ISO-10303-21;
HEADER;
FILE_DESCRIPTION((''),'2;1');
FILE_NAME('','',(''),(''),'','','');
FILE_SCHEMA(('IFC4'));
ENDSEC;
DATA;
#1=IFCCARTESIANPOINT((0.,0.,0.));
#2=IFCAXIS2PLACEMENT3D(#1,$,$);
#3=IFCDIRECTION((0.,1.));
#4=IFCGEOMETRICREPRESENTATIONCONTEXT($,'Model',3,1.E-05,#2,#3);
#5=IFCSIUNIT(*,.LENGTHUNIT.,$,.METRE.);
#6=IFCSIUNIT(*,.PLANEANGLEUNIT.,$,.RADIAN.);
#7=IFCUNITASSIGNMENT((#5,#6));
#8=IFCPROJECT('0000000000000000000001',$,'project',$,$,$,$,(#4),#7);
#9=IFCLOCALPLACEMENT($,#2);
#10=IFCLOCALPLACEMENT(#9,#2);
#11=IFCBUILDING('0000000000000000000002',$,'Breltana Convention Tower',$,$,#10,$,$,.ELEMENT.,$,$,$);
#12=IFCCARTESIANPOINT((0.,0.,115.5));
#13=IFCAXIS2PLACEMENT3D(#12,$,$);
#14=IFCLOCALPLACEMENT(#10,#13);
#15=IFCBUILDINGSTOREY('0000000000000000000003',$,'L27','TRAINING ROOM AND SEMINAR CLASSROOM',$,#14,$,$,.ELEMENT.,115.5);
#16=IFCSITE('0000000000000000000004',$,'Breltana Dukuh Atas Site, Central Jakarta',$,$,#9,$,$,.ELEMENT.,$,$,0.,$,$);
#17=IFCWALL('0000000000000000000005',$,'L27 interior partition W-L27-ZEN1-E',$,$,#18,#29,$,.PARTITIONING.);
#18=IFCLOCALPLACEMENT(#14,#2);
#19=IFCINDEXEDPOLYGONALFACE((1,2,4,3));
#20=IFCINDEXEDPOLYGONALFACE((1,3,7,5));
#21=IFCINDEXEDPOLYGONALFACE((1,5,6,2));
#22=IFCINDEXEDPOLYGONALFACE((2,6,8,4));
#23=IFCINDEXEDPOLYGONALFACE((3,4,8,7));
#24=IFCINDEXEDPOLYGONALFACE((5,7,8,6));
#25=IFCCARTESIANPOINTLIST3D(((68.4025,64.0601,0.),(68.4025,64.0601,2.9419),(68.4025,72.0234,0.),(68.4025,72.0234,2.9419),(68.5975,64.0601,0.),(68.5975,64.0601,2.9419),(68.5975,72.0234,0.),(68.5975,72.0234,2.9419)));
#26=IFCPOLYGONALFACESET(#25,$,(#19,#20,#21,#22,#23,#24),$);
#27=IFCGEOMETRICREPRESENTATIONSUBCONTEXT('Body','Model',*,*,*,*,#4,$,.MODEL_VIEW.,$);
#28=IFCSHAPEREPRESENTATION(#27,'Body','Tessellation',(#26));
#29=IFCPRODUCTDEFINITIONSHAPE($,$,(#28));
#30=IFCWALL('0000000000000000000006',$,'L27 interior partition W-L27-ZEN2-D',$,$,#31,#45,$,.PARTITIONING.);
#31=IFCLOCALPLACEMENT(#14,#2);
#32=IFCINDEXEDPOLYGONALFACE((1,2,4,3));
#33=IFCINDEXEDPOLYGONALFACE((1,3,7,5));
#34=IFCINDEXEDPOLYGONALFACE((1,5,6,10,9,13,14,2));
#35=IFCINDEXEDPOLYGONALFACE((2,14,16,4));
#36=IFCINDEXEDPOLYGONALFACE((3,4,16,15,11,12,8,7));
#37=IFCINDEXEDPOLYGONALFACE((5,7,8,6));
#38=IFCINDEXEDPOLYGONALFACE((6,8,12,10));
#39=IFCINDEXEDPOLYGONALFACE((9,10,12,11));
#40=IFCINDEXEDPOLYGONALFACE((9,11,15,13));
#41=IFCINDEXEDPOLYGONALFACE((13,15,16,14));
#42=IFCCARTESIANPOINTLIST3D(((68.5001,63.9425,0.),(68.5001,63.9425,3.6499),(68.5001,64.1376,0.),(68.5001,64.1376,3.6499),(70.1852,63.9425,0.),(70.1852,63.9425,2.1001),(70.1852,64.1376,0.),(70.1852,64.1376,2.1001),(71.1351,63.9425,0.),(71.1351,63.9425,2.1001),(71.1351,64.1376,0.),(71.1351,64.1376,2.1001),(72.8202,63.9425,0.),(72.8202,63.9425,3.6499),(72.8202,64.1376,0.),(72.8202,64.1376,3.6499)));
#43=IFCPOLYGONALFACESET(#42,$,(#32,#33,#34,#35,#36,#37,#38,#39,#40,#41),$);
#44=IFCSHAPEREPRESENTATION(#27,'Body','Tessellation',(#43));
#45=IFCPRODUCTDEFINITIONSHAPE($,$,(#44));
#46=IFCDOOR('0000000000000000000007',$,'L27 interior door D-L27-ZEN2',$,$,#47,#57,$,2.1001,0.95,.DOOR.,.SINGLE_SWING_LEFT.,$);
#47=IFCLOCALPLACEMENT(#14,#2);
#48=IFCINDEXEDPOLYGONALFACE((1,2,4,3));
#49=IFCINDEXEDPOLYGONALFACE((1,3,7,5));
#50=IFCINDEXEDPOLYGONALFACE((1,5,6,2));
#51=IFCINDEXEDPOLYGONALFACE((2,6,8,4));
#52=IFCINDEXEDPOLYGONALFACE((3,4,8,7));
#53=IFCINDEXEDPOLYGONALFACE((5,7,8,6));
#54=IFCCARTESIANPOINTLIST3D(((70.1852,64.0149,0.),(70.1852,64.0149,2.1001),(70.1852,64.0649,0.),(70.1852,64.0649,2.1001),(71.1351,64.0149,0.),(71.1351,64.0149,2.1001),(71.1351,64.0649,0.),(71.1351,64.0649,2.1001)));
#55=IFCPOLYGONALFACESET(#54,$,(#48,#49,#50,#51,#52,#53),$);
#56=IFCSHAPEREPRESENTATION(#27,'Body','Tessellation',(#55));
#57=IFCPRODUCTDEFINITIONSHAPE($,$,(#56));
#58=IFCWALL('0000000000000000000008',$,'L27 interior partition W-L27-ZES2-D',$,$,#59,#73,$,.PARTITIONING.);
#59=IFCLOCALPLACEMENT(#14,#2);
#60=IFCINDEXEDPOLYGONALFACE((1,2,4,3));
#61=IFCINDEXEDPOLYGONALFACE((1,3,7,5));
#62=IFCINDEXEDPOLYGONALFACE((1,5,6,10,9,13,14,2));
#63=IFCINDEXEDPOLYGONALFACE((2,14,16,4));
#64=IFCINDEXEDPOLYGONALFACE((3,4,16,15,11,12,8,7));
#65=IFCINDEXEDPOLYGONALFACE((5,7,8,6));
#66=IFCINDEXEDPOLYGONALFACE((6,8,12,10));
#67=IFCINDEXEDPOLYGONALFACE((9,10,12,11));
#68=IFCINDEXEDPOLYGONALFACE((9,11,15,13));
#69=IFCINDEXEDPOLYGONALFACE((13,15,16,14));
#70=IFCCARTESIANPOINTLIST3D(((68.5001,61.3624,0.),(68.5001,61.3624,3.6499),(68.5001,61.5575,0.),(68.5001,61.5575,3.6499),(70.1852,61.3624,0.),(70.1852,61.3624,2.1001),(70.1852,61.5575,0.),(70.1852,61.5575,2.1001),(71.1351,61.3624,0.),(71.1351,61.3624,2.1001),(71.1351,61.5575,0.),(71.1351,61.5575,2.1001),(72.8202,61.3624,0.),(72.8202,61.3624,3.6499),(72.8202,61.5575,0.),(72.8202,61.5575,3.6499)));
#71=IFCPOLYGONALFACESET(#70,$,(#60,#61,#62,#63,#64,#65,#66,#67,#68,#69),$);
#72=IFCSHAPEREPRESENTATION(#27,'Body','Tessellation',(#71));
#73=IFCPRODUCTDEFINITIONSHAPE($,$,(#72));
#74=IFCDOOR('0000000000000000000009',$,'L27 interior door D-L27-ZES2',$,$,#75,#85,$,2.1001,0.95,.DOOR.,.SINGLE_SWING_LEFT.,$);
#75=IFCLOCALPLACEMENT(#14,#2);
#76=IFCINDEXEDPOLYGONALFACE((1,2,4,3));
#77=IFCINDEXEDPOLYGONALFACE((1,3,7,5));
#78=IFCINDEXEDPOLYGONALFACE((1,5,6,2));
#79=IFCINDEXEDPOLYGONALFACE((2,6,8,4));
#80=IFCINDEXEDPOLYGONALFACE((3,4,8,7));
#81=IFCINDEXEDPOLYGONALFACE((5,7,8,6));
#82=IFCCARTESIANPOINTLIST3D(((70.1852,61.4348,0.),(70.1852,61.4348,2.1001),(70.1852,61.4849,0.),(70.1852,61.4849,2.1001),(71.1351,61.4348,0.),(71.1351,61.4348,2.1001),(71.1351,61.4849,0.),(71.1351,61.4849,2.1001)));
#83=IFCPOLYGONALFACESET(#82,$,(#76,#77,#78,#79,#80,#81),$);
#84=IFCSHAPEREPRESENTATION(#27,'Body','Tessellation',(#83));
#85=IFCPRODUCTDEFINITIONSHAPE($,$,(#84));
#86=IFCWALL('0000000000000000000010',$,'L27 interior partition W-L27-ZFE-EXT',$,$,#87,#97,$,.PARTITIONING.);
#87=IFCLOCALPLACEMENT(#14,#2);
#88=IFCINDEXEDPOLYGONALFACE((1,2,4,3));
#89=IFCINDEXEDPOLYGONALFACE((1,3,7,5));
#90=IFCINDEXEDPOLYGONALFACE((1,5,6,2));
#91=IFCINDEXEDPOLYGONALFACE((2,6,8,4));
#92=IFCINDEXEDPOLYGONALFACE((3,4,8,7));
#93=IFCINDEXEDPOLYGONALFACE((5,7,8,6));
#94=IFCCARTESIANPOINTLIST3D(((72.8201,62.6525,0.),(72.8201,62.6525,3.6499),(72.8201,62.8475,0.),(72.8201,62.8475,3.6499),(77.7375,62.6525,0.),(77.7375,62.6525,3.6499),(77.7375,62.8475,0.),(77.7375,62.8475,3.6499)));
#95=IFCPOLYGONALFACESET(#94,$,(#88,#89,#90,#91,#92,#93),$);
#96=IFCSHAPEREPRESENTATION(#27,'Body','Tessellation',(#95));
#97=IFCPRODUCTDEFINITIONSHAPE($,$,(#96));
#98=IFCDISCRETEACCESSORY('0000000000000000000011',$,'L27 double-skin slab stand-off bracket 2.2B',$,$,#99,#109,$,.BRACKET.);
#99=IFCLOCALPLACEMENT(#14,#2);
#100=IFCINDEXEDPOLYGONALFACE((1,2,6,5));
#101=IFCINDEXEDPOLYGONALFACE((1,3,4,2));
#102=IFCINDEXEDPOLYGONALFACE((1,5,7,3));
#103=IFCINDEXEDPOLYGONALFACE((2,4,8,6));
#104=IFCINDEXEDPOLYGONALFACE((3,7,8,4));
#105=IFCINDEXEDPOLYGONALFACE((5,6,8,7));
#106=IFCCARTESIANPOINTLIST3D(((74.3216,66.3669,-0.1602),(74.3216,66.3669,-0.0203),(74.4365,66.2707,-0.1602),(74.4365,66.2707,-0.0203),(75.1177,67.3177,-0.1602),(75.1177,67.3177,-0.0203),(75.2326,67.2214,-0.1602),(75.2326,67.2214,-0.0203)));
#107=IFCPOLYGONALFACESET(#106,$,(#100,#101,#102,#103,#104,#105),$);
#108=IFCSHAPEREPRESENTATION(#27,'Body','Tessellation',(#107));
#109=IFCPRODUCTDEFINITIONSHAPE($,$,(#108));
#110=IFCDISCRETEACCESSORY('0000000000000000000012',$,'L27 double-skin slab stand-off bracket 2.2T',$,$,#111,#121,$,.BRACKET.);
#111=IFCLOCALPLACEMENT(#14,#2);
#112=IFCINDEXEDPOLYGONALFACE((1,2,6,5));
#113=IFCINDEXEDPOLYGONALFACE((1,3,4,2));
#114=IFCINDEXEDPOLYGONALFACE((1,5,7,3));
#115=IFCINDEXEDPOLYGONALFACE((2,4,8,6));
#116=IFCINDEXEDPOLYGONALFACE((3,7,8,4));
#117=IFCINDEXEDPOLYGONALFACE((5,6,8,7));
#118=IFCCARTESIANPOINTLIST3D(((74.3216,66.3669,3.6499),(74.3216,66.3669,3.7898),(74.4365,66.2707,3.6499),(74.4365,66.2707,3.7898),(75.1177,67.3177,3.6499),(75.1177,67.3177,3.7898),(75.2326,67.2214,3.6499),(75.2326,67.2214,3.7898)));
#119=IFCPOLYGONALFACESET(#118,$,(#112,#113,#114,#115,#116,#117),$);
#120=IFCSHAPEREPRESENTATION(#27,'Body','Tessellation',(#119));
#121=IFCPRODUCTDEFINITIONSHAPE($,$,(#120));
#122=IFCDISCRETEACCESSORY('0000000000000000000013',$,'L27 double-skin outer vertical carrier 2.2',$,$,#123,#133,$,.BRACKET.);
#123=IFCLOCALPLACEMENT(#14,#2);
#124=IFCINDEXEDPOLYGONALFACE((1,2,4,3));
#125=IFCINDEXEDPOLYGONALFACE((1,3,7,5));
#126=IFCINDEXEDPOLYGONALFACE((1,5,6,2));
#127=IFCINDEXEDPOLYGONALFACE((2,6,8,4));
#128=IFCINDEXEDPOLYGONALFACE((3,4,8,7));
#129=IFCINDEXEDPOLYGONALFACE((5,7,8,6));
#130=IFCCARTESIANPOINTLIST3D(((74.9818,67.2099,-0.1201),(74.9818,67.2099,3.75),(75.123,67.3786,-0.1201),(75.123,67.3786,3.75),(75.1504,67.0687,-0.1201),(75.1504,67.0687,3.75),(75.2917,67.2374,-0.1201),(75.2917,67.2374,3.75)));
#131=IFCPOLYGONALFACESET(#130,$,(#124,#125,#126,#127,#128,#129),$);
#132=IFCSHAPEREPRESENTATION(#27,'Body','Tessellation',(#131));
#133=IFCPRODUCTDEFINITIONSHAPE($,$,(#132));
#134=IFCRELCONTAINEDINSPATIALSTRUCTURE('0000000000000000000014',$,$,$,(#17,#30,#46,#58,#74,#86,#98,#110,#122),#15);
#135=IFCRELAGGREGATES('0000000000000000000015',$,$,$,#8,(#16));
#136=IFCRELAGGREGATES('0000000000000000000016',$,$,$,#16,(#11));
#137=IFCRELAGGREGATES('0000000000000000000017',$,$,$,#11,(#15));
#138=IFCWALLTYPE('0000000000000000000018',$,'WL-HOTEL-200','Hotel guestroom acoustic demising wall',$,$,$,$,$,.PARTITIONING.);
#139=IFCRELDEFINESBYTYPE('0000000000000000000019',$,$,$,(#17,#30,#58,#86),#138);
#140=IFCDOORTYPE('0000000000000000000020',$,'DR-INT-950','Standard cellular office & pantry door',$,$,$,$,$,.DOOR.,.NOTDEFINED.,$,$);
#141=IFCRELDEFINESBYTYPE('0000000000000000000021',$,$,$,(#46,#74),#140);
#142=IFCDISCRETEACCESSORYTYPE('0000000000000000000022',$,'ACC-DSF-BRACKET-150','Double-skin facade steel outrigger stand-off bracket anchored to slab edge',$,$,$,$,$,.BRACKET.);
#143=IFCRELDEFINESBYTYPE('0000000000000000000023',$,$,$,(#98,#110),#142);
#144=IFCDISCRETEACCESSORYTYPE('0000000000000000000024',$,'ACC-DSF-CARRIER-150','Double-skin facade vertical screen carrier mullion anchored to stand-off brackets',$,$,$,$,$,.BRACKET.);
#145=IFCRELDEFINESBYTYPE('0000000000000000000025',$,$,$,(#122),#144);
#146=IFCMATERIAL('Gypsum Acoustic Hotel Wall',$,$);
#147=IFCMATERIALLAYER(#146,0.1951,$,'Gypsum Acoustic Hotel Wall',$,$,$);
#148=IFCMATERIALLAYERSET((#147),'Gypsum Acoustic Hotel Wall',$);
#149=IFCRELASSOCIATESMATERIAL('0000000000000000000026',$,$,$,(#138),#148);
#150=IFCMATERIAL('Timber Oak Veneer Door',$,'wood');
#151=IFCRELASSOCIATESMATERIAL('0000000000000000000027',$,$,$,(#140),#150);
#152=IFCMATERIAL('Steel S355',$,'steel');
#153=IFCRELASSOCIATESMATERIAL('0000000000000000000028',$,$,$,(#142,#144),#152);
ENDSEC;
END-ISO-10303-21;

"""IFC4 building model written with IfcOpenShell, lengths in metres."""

from ifc_helpers import new_model, si_unit, direction, frame, frame_2d, origin, origin_2d, place, context, subcontext, project, spatial, rectangle, extrude, source, transform, mapped, material, layer, layer_set, type_object, type_shapes, element, fill, save


model = new_model("IFC4")

# Units and contexts
model_context = context("Model", 3, precision=1e-05, world=origin(), true_north=direction((0.0, 1.0)))
body_context = subcontext(model_context, "Body", "Model", "MODEL_VIEW")
ifc_project = project(units=[si_unit("LENGTHUNIT", "METRE"), si_unit("PLANEANGLEUNIT", "RADIAN")], contexts=[model_context])

# Site, building, storey
site_placement = place(None, origin())
site = spatial("IfcSite", under=ifc_project, at=site_placement, Name="Breltana Dukuh Atas Site, Central Jakarta", CompositionType="ELEMENT", RefElevation=0.0)
building_placement = place(site_placement, origin())
building = spatial("IfcBuilding", under=site, at=building_placement, Name="Breltana Convention Tower", CompositionType="ELEMENT")
storey_placement = place(building_placement, frame((0.0, 0.0, 115.5)))
storey = spatial("IfcBuildingStorey", under=building, at=storey_placement, Name="L27", Description="TRAINING ROOM AND SEMINAR CLASSROOM", CompositionType="ELEMENT", Elevation=115.5)

# Wall
ifc_material_1 = material(Name="Gypsum Acoustic Hotel Wall")
ifc_layer_1 = layer(ifc_material_1, 0.1951, Name="Gypsum Acoustic Hotel Wall")
ifc_layer_set_1 = layer_set([ifc_layer_1], Name="Gypsum Acoustic Hotel Wall")
wall_type_1 = type_object("IfcWallType", Name="WL-HOTEL-200", Description="Hotel guestroom acoustic demising wall", PredefinedType="PARTITIONING", material=ifc_layer_set_1)
shared_shape_1 = source(origin(), body_context, "Body", "SweptSolid", [
    extrude(rectangle(XDim=7.9634, YDim=0.1951, at=frame_2d((3.9817, 0.0))), origin(), (0.0, 0.0, 1.0), 2.9419),
])
wall_1_placement = place(storey_placement, frame((68.5, 64.0601, 0.0), z_axis=(0.0, 0.0, 1.0), x_axis=(0.0, 1.0, 0.0)))
element("IfcWall", 1, at=wall_1_placement, inside=storey, type_object=wall_type_1, Name="L27 interior partition W-L27-ZEN1-E", PredefinedType="PARTITIONING", context=body_context, shape_type="MappedRepresentation", body=[
    mapped(shared_shape_1, transform((0.0, 0.0, 0.0), scale=1.0)),
])

# Walls, openings, doors
shared_shape_2 = source(origin(), body_context, "Body", "SweptSolid", [
    extrude(rectangle(XDim=4.3201, YDim=0.1951, at=frame_2d((2.1602, 0.0))), origin(), (0.0, 0.0, 1.0), 3.6499),
])
wall_2_placement = place(storey_placement, frame((68.5, 64.04, 0.0), z_axis=(0.0, 0.0, 1.0), x_axis=(1.0, 0.0, 0.0)))
wall_2 = element("IfcWall", 2, at=wall_2_placement, inside=storey, type_object=wall_type_1, Name="L27 interior partition W-L27-ZEN2-D", PredefinedType="PARTITIONING", context=body_context, shape_type="MappedRepresentation", body=[
    mapped(shared_shape_2, transform((0.0, 0.0, 0.0), scale=1.0)),
])
opening_1_placement = place(wall_2_placement, frame((1.6851, 0.0, 0.0)))
opening_1 = element("IfcOpeningElement", 3, at=opening_1_placement, cuts=wall_2, PredefinedType="OPENING", context=body_context, shape_type="SweptSolid", body=[
    extrude(rectangle(XDim=0.95, YDim=2.1001, at=frame_2d((0.4751, 1.05))), frame((0.0, 0.1074, 0.0), z_axis=(0.0, -1.0, 0.0), x_axis=(1.0, 0.0, 0.0)), (0.0, 0.0, 1.0), 0.2151),
])
ifc_material_2 = material(Name="Timber Oak Veneer Door", Category="wood")
door_type = type_object("IfcDoorType", Name="DR-INT-950", Description="Standard cellular office & pantry door", OperationType="NOTDEFINED", PredefinedType="DOOR", material=ifc_material_2)
shared_shape_3 = source(origin(), body_context, "Body", "SweptSolid", [
    extrude(rectangle(XDim=0.95, YDim=2.1001, at=frame_2d((0.4751, 1.05))), frame((0.0, 0.0249, 0.0), z_axis=(0.0, -1.0, 0.0), x_axis=(1.0, 0.0, 0.0)), (0.0, 0.0, 1.0), 0.05),
])
type_shapes(door_type, [shared_shape_3])
door_1_placement = place(opening_1_placement, origin())
door_1 = element("IfcDoor", 4, at=door_1_placement, inside=storey, type_object=door_type, Name="L27 interior door D-L27-ZEN2", OperationType="SINGLE_SWING_LEFT", OverallHeight=2.1001, OverallWidth=0.95, PredefinedType="DOOR", context=body_context, shape_type="MappedRepresentation", body=[
    mapped(shared_shape_3, transform((0.0, 0.0, 0.0), scale=1.0)),
])
fill(opening_1, door_1)
wall_3_placement = place(storey_placement, frame((68.5, 61.46, 0.0), z_axis=(0.0, 0.0, 1.0), x_axis=(1.0, 0.0, 0.0)))
wall_3 = element("IfcWall", 5, at=wall_3_placement, inside=storey, type_object=wall_type_1, Name="L27 interior partition W-L27-ZES2-D", PredefinedType="PARTITIONING", context=body_context, shape_type="MappedRepresentation", body=[
    mapped(shared_shape_2, transform((0.0, 0.0, 0.0), scale=1.0)),
])
opening_2_placement = place(wall_3_placement, frame((1.6851, 0.0, 0.0)))
opening_2 = element("IfcOpeningElement", 6, at=opening_2_placement, cuts=wall_3, PredefinedType="OPENING", context=body_context, shape_type="SweptSolid", body=[
    extrude(rectangle(XDim=0.95, YDim=2.1001, at=frame_2d((0.4751, 1.05))), frame((0.0, 0.1074, 0.0), z_axis=(0.0, -1.0, 0.0), x_axis=(1.0, 0.0, 0.0)), (0.0, 0.0, 1.0), 0.2151),
])
door_2_placement = place(opening_2_placement, origin())
door_2 = element("IfcDoor", 7, at=door_2_placement, inside=storey, type_object=door_type, Name="L27 interior door D-L27-ZES2", OperationType="SINGLE_SWING_LEFT", OverallHeight=2.1001, OverallWidth=0.95, PredefinedType="DOOR", context=body_context, shape_type="MappedRepresentation", body=[
    mapped(shared_shape_3, transform((0.0, 0.0, 0.0), scale=1.0)),
])
fill(opening_2, door_2)

# Wall
shared_shape_4 = source(origin(), body_context, "Body", "SweptSolid", [
    extrude(rectangle(XDim=4.9175, YDim=0.1951, at=frame_2d((2.4587, 0.0))), origin(), (0.0, 0.0, 1.0), 3.6499),
])
wall_4_placement = place(storey_placement, frame((72.8201, 62.75, 0.0), z_axis=(0.0, 0.0, 1.0), x_axis=(1.0, 0.0, 0.0)))
element("IfcWall", 8, at=wall_4_placement, inside=storey, type_object=wall_type_1, Name="L27 interior partition W-L27-ZFE-EXT", PredefinedType="PARTITIONING", context=body_context, shape_type="MappedRepresentation", body=[
    mapped(shared_shape_4, transform((0.0, 0.0, 0.0), scale=1.0)),
])

# Discrete accessories
ifc_material_3 = material(Name="Steel S355", Category="steel")
discrete_accessory_type_1 = type_object("IfcDiscreteAccessoryType", Name="ACC-DSF-BRACKET-150", Description="Double-skin facade steel outrigger stand-off bracket anchored to slab edge", PredefinedType="BRACKET", material=ifc_material_3)
shared_shape_5 = source(origin(), body_context, "Body", "SweptSolid", [
    extrude(rectangle(XDim=1.24, YDim=0.1499, at=origin_2d()), origin(), (0.0, 0.0, 1.0), 0.1399),
])
type_shapes(discrete_accessory_type_1, [shared_shape_5])
for number, where, z_axis, x_axis, name in (
    (9, (74.7771, 66.7942, -0.1602), (0.0, 0.0, 1.0), (0.641987, 0.766715, 0.0), "L27 double-skin slab stand-off bracket 2.2B"),
    (10, (74.7771, 66.7942, 3.6499), (0.0, 0.0, 1.0), (0.641987, 0.766715, 0.0), "L27 double-skin slab stand-off bracket 2.2T"),
):
    element("IfcDiscreteAccessory", number, at=place(storey_placement, frame(where, z_axis=z_axis, x_axis=x_axis)), inside=storey, type_object=discrete_accessory_type_1, Name=name, PredefinedType="BRACKET", context=body_context, shape_type="MappedRepresentation", body=[
        mapped(shared_shape_5, transform((0.0, 0.0, 0.0), scale=1.0)),
    ])
discrete_accessory_type_2 = type_object("IfcDiscreteAccessoryType", Name="ACC-DSF-CARRIER-150", Description="Double-skin facade vertical screen carrier mullion anchored to stand-off brackets", PredefinedType="BRACKET", material=ifc_material_3)
shared_shape_6 = source(origin(), body_context, "Body", "SweptSolid", [
    extrude(rectangle(XDim=0.22, YDim=0.22, at=origin_2d()), origin(), (0.0, 0.0, 1.0), 3.8701),
])
discrete_accessory_placement = place(storey_placement, frame((75.1367, 67.2236, -0.1201), z_axis=(0.0, 0.0, 1.0), x_axis=(0.641987, 0.766715, 0.0)))
element("IfcDiscreteAccessory", 11, at=discrete_accessory_placement, inside=storey, type_object=discrete_accessory_type_2, Name="L27 double-skin outer vertical carrier 2.2", PredefinedType="BRACKET", context=body_context, shape_type="MappedRepresentation", body=[
    mapped(shared_shape_6, transform((0.0, 0.0, 0.0), scale=1.0)),
])

save(model, "model.ifc")
